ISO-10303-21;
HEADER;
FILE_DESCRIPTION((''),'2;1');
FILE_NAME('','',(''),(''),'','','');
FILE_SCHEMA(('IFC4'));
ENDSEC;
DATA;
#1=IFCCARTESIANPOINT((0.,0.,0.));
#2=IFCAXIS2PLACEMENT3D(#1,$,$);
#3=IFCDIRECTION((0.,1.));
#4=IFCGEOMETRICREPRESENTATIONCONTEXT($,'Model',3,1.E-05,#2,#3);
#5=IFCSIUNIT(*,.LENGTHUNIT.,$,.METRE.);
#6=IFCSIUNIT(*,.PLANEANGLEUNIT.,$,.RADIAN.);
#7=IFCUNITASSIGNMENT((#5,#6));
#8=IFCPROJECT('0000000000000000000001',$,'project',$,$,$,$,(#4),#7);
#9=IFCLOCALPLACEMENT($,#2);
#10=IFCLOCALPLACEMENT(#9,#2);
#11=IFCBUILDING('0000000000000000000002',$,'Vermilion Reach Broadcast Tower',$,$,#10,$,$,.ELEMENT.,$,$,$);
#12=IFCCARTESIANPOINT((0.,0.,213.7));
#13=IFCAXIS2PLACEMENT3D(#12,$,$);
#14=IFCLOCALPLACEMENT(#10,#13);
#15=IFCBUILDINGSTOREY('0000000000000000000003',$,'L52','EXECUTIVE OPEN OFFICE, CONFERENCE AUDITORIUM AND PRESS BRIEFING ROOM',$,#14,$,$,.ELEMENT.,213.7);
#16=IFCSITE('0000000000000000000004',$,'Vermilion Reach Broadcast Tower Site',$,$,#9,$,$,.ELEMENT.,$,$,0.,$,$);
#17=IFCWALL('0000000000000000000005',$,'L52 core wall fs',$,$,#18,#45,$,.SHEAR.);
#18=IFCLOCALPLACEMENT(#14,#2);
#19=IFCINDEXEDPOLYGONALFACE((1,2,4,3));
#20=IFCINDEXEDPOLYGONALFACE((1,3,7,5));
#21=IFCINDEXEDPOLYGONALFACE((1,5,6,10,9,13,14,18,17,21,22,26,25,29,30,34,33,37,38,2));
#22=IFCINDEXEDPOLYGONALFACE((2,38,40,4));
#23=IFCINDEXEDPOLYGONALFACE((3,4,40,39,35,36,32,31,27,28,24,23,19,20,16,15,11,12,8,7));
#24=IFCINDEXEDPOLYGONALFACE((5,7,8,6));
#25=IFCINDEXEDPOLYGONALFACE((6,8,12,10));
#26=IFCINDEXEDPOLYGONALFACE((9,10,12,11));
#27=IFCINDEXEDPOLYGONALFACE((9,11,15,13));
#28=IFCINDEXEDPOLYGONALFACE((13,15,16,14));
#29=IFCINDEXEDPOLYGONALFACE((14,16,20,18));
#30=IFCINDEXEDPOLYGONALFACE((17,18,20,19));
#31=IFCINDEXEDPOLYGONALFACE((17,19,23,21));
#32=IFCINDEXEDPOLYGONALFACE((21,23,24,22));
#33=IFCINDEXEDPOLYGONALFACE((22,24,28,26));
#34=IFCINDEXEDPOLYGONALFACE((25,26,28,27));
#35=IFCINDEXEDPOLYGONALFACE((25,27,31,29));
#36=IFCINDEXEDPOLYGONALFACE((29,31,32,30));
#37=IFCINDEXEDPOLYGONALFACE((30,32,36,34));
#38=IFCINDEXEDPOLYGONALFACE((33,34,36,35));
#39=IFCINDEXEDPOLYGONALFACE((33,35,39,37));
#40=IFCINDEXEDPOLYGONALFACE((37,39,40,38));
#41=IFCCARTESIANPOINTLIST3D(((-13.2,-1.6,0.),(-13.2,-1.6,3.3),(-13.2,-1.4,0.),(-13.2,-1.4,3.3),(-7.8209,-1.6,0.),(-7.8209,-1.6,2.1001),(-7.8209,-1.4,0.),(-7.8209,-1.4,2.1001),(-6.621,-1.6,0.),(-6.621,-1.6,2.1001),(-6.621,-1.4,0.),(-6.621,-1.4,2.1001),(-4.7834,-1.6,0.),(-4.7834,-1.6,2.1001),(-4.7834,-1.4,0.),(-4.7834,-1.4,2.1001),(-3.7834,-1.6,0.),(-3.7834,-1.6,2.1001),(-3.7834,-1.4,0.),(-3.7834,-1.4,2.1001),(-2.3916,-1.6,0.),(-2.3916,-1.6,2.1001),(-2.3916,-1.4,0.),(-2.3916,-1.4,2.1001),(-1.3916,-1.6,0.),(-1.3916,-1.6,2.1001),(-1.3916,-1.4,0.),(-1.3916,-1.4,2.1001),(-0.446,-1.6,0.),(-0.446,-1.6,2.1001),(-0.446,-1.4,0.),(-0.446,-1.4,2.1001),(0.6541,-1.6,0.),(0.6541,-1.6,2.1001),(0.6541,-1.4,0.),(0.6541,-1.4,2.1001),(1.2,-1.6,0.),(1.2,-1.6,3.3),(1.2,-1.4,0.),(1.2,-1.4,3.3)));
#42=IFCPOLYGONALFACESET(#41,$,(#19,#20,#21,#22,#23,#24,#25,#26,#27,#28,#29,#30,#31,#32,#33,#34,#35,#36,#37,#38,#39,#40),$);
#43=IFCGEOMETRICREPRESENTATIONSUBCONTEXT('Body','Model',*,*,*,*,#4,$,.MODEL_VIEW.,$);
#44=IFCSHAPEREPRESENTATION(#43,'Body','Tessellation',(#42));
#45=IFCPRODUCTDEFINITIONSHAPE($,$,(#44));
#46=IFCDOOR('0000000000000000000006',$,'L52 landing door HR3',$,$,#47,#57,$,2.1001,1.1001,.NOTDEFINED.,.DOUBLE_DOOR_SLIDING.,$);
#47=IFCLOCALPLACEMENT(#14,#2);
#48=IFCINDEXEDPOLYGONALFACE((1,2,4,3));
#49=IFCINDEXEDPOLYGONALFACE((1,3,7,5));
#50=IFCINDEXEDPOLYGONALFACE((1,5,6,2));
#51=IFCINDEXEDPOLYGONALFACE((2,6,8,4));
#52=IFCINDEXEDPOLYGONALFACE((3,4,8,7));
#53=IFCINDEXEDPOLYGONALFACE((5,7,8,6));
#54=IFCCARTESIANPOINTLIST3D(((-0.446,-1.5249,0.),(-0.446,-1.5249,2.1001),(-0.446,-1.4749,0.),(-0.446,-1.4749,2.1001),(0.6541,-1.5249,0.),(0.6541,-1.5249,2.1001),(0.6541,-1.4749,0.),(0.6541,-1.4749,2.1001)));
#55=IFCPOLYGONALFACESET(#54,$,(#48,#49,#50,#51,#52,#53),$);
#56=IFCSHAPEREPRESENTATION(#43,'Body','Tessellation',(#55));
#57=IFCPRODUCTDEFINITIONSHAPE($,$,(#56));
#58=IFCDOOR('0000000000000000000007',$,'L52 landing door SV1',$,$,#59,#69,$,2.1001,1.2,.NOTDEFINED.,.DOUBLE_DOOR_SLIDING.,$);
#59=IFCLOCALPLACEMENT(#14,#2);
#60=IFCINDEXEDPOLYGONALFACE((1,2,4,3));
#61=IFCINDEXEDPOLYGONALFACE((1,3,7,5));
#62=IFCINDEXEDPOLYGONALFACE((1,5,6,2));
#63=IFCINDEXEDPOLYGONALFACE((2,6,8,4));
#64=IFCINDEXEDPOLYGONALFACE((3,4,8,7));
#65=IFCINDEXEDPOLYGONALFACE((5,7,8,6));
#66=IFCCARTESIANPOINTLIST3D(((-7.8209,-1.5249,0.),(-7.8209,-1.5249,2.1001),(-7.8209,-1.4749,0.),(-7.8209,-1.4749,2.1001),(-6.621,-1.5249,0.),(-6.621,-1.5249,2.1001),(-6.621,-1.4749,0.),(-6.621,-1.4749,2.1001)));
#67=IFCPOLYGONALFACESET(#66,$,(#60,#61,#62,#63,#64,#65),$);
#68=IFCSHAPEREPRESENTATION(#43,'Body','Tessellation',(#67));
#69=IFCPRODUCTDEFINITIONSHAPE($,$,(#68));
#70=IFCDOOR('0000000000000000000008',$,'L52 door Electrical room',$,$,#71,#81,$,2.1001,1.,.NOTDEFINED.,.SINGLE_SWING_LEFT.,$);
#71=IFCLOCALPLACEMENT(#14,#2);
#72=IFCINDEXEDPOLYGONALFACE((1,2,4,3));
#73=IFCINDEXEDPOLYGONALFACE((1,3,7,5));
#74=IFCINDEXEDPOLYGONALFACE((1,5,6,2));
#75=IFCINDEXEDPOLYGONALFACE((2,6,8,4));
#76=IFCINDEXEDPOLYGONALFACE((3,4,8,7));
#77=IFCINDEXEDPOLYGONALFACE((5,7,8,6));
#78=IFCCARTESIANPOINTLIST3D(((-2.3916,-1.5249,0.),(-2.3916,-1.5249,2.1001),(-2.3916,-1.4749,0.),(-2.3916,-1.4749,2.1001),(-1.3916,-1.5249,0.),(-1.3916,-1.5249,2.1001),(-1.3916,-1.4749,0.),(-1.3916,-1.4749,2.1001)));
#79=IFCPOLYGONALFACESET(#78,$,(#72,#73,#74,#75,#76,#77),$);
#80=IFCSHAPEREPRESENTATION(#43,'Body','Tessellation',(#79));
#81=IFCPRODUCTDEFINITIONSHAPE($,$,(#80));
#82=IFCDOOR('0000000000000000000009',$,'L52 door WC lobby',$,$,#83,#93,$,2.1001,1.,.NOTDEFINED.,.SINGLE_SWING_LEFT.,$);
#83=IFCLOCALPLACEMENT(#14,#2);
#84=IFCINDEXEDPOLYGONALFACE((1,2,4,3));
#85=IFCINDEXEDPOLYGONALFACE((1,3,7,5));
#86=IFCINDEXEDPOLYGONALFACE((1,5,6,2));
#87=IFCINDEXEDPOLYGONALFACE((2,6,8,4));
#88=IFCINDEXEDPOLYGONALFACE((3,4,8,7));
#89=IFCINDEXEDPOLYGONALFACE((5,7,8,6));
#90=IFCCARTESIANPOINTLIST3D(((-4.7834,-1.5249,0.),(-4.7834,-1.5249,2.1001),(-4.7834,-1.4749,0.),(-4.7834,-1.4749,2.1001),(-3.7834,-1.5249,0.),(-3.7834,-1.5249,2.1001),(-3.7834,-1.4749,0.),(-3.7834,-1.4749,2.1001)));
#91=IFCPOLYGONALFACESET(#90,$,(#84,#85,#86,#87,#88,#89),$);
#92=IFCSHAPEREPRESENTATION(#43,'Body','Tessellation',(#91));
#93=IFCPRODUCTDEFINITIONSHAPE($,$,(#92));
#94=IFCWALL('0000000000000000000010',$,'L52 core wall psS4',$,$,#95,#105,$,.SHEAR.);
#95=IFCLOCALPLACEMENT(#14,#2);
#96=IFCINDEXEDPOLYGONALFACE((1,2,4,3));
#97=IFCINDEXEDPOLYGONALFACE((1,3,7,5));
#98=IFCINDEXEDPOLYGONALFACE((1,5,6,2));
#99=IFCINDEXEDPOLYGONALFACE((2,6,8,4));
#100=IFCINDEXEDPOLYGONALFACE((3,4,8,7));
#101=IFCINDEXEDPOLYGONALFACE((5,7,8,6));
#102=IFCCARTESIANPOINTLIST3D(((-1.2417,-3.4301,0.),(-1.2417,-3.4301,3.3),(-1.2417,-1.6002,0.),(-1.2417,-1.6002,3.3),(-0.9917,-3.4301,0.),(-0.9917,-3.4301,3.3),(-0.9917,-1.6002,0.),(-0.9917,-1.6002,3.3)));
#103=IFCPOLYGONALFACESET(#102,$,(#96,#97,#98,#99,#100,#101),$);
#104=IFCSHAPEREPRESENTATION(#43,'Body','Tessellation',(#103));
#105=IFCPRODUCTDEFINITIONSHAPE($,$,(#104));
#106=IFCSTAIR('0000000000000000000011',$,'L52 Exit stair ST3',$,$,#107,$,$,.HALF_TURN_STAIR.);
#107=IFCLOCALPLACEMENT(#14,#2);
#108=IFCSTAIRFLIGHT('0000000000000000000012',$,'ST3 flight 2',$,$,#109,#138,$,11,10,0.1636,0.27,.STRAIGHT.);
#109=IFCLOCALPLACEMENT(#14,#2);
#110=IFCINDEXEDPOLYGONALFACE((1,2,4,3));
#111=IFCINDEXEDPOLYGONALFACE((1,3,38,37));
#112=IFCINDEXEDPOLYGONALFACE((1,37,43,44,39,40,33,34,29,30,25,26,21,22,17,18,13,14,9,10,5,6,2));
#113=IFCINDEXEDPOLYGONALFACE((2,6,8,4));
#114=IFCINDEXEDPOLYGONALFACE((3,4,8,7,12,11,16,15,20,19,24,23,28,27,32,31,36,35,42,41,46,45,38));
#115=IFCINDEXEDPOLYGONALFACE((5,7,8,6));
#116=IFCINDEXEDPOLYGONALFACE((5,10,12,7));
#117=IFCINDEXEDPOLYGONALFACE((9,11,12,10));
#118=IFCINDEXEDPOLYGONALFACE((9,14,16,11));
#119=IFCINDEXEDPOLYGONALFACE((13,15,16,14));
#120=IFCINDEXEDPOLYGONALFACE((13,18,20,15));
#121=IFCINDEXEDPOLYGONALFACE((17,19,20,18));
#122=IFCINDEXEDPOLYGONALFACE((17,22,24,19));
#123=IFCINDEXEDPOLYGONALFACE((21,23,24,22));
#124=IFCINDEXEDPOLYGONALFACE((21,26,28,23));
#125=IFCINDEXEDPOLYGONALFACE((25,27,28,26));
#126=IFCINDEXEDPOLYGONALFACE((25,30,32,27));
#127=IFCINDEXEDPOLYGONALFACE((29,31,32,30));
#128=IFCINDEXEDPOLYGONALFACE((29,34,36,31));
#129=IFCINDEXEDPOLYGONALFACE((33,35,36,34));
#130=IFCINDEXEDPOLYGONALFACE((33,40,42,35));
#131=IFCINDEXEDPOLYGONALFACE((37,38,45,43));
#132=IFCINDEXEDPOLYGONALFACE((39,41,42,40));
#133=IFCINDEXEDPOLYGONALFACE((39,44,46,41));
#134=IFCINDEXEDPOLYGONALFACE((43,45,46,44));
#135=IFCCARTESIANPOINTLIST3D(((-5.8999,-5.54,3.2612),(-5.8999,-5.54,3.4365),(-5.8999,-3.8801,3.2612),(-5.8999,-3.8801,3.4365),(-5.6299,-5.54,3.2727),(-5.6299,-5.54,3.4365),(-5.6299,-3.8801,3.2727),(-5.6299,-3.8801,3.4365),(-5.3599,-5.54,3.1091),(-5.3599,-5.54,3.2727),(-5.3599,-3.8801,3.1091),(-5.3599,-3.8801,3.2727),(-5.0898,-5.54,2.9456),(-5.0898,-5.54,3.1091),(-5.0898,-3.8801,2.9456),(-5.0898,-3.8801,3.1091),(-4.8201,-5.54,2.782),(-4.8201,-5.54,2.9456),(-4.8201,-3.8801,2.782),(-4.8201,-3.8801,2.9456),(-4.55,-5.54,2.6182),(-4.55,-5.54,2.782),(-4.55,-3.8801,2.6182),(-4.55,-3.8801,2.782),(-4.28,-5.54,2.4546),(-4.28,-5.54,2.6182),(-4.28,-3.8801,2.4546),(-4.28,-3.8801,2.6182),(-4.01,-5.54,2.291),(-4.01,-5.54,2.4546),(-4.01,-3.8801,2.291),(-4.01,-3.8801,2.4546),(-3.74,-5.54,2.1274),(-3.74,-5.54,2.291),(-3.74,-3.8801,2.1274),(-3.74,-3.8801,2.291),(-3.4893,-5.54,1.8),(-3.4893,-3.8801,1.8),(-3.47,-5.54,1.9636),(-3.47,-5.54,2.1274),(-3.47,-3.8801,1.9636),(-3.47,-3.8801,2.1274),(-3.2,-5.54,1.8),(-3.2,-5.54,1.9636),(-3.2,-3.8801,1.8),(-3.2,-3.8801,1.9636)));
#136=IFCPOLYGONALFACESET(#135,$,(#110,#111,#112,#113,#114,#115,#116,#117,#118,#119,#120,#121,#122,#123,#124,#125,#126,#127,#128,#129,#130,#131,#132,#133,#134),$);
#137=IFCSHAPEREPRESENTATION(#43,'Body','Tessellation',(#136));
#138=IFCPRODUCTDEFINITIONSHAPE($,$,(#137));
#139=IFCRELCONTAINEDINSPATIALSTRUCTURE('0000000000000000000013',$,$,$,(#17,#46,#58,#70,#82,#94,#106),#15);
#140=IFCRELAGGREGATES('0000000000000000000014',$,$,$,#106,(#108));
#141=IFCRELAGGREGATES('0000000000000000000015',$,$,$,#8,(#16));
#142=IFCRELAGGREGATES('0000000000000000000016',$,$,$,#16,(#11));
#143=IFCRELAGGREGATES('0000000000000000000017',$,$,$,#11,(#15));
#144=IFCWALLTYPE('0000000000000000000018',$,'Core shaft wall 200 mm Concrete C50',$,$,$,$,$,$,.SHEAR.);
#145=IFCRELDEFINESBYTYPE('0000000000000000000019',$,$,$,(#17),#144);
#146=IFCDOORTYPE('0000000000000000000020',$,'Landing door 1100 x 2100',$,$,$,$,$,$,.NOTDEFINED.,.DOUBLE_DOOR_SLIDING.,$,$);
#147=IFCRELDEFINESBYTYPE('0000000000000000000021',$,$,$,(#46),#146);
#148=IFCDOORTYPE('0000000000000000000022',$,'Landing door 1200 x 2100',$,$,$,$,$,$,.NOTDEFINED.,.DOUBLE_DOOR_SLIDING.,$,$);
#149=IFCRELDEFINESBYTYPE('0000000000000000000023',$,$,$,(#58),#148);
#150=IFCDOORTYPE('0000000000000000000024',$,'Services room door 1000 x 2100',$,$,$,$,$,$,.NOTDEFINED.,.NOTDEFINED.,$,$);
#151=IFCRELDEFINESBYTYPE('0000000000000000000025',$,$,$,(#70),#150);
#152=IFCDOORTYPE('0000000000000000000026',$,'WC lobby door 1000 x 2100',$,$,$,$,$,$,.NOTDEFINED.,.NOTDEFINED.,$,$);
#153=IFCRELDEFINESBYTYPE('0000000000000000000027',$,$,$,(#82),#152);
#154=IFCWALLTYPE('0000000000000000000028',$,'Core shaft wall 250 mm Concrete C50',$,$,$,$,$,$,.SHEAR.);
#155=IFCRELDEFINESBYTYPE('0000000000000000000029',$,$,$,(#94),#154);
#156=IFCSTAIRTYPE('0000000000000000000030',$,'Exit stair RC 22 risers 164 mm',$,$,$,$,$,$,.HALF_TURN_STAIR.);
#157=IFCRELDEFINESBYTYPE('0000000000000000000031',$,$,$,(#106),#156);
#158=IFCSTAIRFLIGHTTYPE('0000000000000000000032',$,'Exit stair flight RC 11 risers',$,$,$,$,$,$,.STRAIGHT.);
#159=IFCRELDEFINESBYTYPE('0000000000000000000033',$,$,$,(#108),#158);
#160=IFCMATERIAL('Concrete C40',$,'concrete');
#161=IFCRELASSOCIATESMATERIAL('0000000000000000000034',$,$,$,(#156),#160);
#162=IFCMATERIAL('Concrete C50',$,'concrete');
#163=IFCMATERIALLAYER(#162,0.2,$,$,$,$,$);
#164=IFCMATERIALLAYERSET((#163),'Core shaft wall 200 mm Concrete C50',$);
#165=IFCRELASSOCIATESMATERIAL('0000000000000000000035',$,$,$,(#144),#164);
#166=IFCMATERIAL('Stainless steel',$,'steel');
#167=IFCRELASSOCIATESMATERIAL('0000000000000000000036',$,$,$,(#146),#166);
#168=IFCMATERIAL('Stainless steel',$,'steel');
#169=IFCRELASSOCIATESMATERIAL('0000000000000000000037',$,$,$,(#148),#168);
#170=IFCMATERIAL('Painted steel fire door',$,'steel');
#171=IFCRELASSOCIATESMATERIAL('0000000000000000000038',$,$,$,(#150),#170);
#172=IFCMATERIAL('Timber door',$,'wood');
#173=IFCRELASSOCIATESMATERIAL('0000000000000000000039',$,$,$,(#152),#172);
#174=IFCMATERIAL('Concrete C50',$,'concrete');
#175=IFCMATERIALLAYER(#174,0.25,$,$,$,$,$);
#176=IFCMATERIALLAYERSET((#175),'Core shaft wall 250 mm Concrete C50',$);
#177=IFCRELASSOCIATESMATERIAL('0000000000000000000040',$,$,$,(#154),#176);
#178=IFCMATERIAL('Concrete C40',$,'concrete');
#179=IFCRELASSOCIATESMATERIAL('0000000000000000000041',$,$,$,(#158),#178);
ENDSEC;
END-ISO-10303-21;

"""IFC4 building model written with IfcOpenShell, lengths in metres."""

from ifc_helpers import new_model, si_unit, direction, frame, frame_2d, origin, place, context, subcontext, project, spatial, polyline, rectangle, outline, extrude, material, layer, layer_set, type_object, element, fill, aggregate, save


model = new_model("IFC4")

# Units and contexts
model_context = context("Model", 3, precision=1e-05, world=origin(), true_north=direction((0.0, 1.0)))
body_context = subcontext(model_context, "Body", "Model", "MODEL_VIEW")
ifc_project = project(units=[si_unit("LENGTHUNIT", "METRE"), si_unit("PLANEANGLEUNIT", "RADIAN")], contexts=[model_context])

# Site, building, storey
site_placement = place(None, origin())
site = spatial("IfcSite", under=ifc_project, at=site_placement, Name="Vermilion Reach Broadcast Tower Site", CompositionType="ELEMENT", RefElevation=0.0)
building_placement = place(site_placement, origin())
building = spatial("IfcBuilding", under=site, at=building_placement, Name="Vermilion Reach Broadcast Tower", CompositionType="ELEMENT")
storey_placement = place(building_placement, frame((0.0, 0.0, 213.7)))
storey = spatial("IfcBuildingStorey", under=building, at=storey_placement, Name="L52", Description="EXECUTIVE OPEN OFFICE, CONFERENCE AUDITORIUM AND PRESS BRIEFING ROOM", CompositionType="ELEMENT", Elevation=213.7)

# Shared definitions
ifc_material_1 = material(Name="Concrete C40", Category="concrete")
stair_type = type_object("IfcStairType", Name="Exit stair RC 22 risers 164 mm", PredefinedType="HALF_TURN_STAIR", material=ifc_material_1)
placement_1 = place(storey_placement, origin())

# Wall, openings, doors
ifc_material_2 = material(Name="Concrete C50", Category="concrete")
ifc_layer_1 = layer(ifc_material_2, 0.2)
ifc_layer_set_1 = layer_set([ifc_layer_1], Name="Core shaft wall 200 mm Concrete C50")
wall_type_1 = type_object("IfcWallType", Name="Core shaft wall 200 mm Concrete C50", PredefinedType="SHEAR", material=ifc_layer_set_1)
wall_1_placement = place(storey_placement, frame((1.2, -1.5, 0.0), z_axis=(0.0, 0.0, 1.0), x_axis=(-1.0, 0.0, 0.0)))
wall_1 = element("IfcWall", 1, at=wall_1_placement, inside=storey, type_object=wall_type_1, Name="L52 core wall fs", PredefinedType="SHEAR", context=body_context, shape_type="SweptSolid", body=[
    extrude(rectangle(XDim=14.3999, YDim=0.2, at=frame_2d((7.2, 0.0))), origin(), (0.0, 0.0, 1.0), 3.3),
])
opening_1_placement = place(wall_1_placement, frame((7.8208, 0.0, 0.0)))
opening_1 = element("IfcOpeningElement", 2, at=opening_1_placement, cuts=wall_1, PredefinedType="OPENING", context=body_context, shape_type="SweptSolid", body=[
    extrude(rectangle(XDim=1.2, YDim=2.1001, at=frame_2d((0.6001, 1.05))), frame((0.0, 0.1099, 0.0), z_axis=(0.0, -1.0, 0.0), x_axis=(1.0, 0.0, 0.0)), (0.0, 0.0, 1.0), 0.22),
])
opening_2_placement = place(wall_1_placement, frame((0.5459, 0.0, 0.0)))
opening_2 = element("IfcOpeningElement", 3, at=opening_2_placement, cuts=wall_1, PredefinedType="OPENING", context=body_context, shape_type="SweptSolid", body=[
    extrude(rectangle(XDim=1.1001, YDim=2.1001, at=frame_2d((0.55, 1.05))), frame((0.0, 0.1099, 0.0), z_axis=(0.0, -1.0, 0.0), x_axis=(1.0, 0.0, 0.0)), (0.0, 0.0, 1.0), 0.22),
])
opening_3_placement = place(wall_1_placement, frame((4.9834, 0.0, 0.0)))
opening_3 = element("IfcOpeningElement", 4, at=opening_3_placement, cuts=wall_1, PredefinedType="OPENING", context=body_context, shape_type="SweptSolid", body=[
    extrude(rectangle(XDim=1.0, YDim=2.1001, at=frame_2d((0.5, 1.05))), frame((0.0, 0.1099, 0.0), z_axis=(0.0, -1.0, 0.0), x_axis=(1.0, 0.0, 0.0)), (0.0, 0.0, 1.0), 0.22),
])
opening_4_placement = place(wall_1_placement, frame((2.5916, 0.0, 0.0)))
opening_4 = element("IfcOpeningElement", 5, at=opening_4_placement, cuts=wall_1, PredefinedType="OPENING", context=body_context, shape_type="SweptSolid", body=[
    extrude(rectangle(XDim=1.0, YDim=2.1001, at=frame_2d((0.5, 1.05))), frame((0.0, 0.1099, 0.0), z_axis=(0.0, -1.0, 0.0), x_axis=(1.0, 0.0, 0.0)), (0.0, 0.0, 1.0), 0.22),
])
ifc_material_3 = material(Name="Stainless steel", Category="steel")
door_type_1 = type_object("IfcDoorType", Name="Landing door 1100 x 2100", OperationType="DOUBLE_DOOR_SLIDING", PredefinedType="NOTDEFINED", material=ifc_material_3)
door_1_placement = place(opening_2_placement, origin())
door_1 = element("IfcDoor", 6, at=door_1_placement, inside=storey, type_object=door_type_1, Name="L52 landing door HR3", OperationType="DOUBLE_DOOR_SLIDING", OverallHeight=2.1001, OverallWidth=1.1001, PredefinedType="NOTDEFINED", context=body_context, shape_type="SweptSolid", body=[
    extrude(rectangle(XDim=1.1001, YDim=2.1001, at=frame_2d((0.55, 1.05))), frame((0.0, 0.0249, 0.0), z_axis=(0.0, -1.0, 0.0), x_axis=(1.0, 0.0, 0.0)), (0.0, 0.0, 1.0), 0.05),
])
fill(opening_2, door_1)
ifc_material_4 = material(Name="Stainless steel", Category="steel")
door_type_2 = type_object("IfcDoorType", Name="Landing door 1200 x 2100", OperationType="DOUBLE_DOOR_SLIDING", PredefinedType="NOTDEFINED", material=ifc_material_4)
door_2_placement = place(opening_1_placement, origin())
door_2 = element("IfcDoor", 7, at=door_2_placement, inside=storey, type_object=door_type_2, Name="L52 landing door SV1", OperationType="DOUBLE_DOOR_SLIDING", OverallHeight=2.1001, OverallWidth=1.2, PredefinedType="NOTDEFINED", context=body_context, shape_type="SweptSolid", body=[
    extrude(rectangle(XDim=1.2, YDim=2.1001, at=frame_2d((0.6001, 1.05))), frame((0.0, 0.0249, 0.0), z_axis=(0.0, -1.0, 0.0), x_axis=(1.0, 0.0, 0.0)), (0.0, 0.0, 1.0), 0.05),
])
fill(opening_1, door_2)
ifc_material_5 = material(Name="Painted steel fire door", Category="steel")
door_type_3 = type_object("IfcDoorType", Name="Services room door 1000 x 2100", OperationType="NOTDEFINED", PredefinedType="NOTDEFINED", material=ifc_material_5)
door_3_placement = place(opening_4_placement, origin())
door_3 = element("IfcDoor", 8, at=door_3_placement, inside=storey, type_object=door_type_3, Name="L52 door Electrical room", OperationType="SINGLE_SWING_LEFT", OverallHeight=2.1001, OverallWidth=1.0, PredefinedType="NOTDEFINED", context=body_context, shape_type="SweptSolid", body=[
    extrude(rectangle(XDim=1.0, YDim=2.1001, at=frame_2d((0.5, 1.05))), frame((0.0, 0.0249, 0.0), z_axis=(0.0, -1.0, 0.0), x_axis=(1.0, 0.0, 0.0)), (0.0, 0.0, 1.0), 0.05),
])
fill(opening_4, door_3)
ifc_material_6 = material(Name="Timber door", Category="wood")
door_type_4 = type_object("IfcDoorType", Name="WC lobby door 1000 x 2100", OperationType="NOTDEFINED", PredefinedType="NOTDEFINED", material=ifc_material_6)
door_4_placement = place(opening_3_placement, origin())
door_4 = element("IfcDoor", 9, at=door_4_placement, inside=storey, type_object=door_type_4, Name="L52 door WC lobby", OperationType="SINGLE_SWING_LEFT", OverallHeight=2.1001, OverallWidth=1.0, PredefinedType="NOTDEFINED", context=body_context, shape_type="SweptSolid", body=[
    extrude(rectangle(XDim=1.0, YDim=2.1001, at=frame_2d((0.5, 1.05))), frame((0.0, 0.0249, 0.0), z_axis=(0.0, -1.0, 0.0), x_axis=(1.0, 0.0, 0.0)), (0.0, 0.0, 1.0), 0.05),
])
fill(opening_3, door_4)

# Wall
ifc_material_7 = material(Name="Concrete C50", Category="concrete")
ifc_layer_2 = layer(ifc_material_7, 0.25)
ifc_layer_set_2 = layer_set([ifc_layer_2], Name="Core shaft wall 250 mm Concrete C50")
wall_type_2 = type_object("IfcWallType", Name="Core shaft wall 250 mm Concrete C50", PredefinedType="SHEAR", material=ifc_layer_set_2)
wall_2_placement = place(storey_placement, frame((-1.1167, -1.6001, 0.0), z_axis=(0.0, 0.0, 1.0), x_axis=(0.0, -1.0, 0.0)))
element("IfcWall", 10, at=wall_2_placement, inside=storey, type_object=wall_type_2, Name="L52 core wall psS4", PredefinedType="SHEAR", context=body_context, shape_type="SweptSolid", body=[
    extrude(rectangle(XDim=1.8298, YDim=0.25, at=frame_2d((0.915, 0.0))), origin(), (0.0, 0.0, 1.0), 3.3),
])

# Stair, stair flight
stair_1 = element("IfcStair", 11, at=placement_1, inside=storey, type_object=stair_type, Name="L52 Exit stair ST3", PredefinedType="HALF_TURN_STAIR")
ifc_material_8 = material(Name="Concrete C40", Category="concrete")
stair_flight_type = type_object("IfcStairFlightType", Name="Exit stair flight RC 11 risers", PredefinedType="STRAIGHT", material=ifc_material_8)
stair_flight_placement = place(storey_placement, frame((-3.2, -4.71, 1.8), z_axis=(0.0, 0.0, 1.0), x_axis=(-1.0, 0.0, 0.0)))
stair_flight = element("IfcStairFlight", 12, at=stair_flight_placement, type_object=stair_flight_type, Name="ST3 flight 2", NumberOfRisers=11, NumberOfTreads=10, PredefinedType="STRAIGHT", RiserHeight=0.1636, TreadLength=0.27, context=body_context, shape_type="SweptSolid", body=[
    extrude(outline(polyline([(0.0, 0.0), (0.0, 0.1636), (0.27, 0.1636), (0.27, 0.3274), (0.54, 0.3274), (0.54, 0.491), (0.8101, 0.491), (0.8101, 0.6545), (1.0801, 0.6545), (1.0801, 0.8181), (1.3501, 0.8181), (1.3501, 0.9819), (1.6201, 0.9819), (1.6201, 1.1455), (1.8899, 1.1455), (1.8899, 1.3091), (2.1599, 1.3091), (2.1599, 1.4727), (2.4299, 1.4727), (2.4299, 1.6365), (2.7, 1.6365), (2.7, 1.8), (2.7, 1.4612), (0.2893, 0.0), (0.0, 0.0)])), frame((0.0, 0.8301, 0.0), z_axis=(0.0, -1.0, 0.0), x_axis=(1.0, 0.0, 0.0)), (0.0, 0.0, 1.0), 1.6599),
])
aggregate(stair_1, [stair_flight])

save(model, "model.ifc")
